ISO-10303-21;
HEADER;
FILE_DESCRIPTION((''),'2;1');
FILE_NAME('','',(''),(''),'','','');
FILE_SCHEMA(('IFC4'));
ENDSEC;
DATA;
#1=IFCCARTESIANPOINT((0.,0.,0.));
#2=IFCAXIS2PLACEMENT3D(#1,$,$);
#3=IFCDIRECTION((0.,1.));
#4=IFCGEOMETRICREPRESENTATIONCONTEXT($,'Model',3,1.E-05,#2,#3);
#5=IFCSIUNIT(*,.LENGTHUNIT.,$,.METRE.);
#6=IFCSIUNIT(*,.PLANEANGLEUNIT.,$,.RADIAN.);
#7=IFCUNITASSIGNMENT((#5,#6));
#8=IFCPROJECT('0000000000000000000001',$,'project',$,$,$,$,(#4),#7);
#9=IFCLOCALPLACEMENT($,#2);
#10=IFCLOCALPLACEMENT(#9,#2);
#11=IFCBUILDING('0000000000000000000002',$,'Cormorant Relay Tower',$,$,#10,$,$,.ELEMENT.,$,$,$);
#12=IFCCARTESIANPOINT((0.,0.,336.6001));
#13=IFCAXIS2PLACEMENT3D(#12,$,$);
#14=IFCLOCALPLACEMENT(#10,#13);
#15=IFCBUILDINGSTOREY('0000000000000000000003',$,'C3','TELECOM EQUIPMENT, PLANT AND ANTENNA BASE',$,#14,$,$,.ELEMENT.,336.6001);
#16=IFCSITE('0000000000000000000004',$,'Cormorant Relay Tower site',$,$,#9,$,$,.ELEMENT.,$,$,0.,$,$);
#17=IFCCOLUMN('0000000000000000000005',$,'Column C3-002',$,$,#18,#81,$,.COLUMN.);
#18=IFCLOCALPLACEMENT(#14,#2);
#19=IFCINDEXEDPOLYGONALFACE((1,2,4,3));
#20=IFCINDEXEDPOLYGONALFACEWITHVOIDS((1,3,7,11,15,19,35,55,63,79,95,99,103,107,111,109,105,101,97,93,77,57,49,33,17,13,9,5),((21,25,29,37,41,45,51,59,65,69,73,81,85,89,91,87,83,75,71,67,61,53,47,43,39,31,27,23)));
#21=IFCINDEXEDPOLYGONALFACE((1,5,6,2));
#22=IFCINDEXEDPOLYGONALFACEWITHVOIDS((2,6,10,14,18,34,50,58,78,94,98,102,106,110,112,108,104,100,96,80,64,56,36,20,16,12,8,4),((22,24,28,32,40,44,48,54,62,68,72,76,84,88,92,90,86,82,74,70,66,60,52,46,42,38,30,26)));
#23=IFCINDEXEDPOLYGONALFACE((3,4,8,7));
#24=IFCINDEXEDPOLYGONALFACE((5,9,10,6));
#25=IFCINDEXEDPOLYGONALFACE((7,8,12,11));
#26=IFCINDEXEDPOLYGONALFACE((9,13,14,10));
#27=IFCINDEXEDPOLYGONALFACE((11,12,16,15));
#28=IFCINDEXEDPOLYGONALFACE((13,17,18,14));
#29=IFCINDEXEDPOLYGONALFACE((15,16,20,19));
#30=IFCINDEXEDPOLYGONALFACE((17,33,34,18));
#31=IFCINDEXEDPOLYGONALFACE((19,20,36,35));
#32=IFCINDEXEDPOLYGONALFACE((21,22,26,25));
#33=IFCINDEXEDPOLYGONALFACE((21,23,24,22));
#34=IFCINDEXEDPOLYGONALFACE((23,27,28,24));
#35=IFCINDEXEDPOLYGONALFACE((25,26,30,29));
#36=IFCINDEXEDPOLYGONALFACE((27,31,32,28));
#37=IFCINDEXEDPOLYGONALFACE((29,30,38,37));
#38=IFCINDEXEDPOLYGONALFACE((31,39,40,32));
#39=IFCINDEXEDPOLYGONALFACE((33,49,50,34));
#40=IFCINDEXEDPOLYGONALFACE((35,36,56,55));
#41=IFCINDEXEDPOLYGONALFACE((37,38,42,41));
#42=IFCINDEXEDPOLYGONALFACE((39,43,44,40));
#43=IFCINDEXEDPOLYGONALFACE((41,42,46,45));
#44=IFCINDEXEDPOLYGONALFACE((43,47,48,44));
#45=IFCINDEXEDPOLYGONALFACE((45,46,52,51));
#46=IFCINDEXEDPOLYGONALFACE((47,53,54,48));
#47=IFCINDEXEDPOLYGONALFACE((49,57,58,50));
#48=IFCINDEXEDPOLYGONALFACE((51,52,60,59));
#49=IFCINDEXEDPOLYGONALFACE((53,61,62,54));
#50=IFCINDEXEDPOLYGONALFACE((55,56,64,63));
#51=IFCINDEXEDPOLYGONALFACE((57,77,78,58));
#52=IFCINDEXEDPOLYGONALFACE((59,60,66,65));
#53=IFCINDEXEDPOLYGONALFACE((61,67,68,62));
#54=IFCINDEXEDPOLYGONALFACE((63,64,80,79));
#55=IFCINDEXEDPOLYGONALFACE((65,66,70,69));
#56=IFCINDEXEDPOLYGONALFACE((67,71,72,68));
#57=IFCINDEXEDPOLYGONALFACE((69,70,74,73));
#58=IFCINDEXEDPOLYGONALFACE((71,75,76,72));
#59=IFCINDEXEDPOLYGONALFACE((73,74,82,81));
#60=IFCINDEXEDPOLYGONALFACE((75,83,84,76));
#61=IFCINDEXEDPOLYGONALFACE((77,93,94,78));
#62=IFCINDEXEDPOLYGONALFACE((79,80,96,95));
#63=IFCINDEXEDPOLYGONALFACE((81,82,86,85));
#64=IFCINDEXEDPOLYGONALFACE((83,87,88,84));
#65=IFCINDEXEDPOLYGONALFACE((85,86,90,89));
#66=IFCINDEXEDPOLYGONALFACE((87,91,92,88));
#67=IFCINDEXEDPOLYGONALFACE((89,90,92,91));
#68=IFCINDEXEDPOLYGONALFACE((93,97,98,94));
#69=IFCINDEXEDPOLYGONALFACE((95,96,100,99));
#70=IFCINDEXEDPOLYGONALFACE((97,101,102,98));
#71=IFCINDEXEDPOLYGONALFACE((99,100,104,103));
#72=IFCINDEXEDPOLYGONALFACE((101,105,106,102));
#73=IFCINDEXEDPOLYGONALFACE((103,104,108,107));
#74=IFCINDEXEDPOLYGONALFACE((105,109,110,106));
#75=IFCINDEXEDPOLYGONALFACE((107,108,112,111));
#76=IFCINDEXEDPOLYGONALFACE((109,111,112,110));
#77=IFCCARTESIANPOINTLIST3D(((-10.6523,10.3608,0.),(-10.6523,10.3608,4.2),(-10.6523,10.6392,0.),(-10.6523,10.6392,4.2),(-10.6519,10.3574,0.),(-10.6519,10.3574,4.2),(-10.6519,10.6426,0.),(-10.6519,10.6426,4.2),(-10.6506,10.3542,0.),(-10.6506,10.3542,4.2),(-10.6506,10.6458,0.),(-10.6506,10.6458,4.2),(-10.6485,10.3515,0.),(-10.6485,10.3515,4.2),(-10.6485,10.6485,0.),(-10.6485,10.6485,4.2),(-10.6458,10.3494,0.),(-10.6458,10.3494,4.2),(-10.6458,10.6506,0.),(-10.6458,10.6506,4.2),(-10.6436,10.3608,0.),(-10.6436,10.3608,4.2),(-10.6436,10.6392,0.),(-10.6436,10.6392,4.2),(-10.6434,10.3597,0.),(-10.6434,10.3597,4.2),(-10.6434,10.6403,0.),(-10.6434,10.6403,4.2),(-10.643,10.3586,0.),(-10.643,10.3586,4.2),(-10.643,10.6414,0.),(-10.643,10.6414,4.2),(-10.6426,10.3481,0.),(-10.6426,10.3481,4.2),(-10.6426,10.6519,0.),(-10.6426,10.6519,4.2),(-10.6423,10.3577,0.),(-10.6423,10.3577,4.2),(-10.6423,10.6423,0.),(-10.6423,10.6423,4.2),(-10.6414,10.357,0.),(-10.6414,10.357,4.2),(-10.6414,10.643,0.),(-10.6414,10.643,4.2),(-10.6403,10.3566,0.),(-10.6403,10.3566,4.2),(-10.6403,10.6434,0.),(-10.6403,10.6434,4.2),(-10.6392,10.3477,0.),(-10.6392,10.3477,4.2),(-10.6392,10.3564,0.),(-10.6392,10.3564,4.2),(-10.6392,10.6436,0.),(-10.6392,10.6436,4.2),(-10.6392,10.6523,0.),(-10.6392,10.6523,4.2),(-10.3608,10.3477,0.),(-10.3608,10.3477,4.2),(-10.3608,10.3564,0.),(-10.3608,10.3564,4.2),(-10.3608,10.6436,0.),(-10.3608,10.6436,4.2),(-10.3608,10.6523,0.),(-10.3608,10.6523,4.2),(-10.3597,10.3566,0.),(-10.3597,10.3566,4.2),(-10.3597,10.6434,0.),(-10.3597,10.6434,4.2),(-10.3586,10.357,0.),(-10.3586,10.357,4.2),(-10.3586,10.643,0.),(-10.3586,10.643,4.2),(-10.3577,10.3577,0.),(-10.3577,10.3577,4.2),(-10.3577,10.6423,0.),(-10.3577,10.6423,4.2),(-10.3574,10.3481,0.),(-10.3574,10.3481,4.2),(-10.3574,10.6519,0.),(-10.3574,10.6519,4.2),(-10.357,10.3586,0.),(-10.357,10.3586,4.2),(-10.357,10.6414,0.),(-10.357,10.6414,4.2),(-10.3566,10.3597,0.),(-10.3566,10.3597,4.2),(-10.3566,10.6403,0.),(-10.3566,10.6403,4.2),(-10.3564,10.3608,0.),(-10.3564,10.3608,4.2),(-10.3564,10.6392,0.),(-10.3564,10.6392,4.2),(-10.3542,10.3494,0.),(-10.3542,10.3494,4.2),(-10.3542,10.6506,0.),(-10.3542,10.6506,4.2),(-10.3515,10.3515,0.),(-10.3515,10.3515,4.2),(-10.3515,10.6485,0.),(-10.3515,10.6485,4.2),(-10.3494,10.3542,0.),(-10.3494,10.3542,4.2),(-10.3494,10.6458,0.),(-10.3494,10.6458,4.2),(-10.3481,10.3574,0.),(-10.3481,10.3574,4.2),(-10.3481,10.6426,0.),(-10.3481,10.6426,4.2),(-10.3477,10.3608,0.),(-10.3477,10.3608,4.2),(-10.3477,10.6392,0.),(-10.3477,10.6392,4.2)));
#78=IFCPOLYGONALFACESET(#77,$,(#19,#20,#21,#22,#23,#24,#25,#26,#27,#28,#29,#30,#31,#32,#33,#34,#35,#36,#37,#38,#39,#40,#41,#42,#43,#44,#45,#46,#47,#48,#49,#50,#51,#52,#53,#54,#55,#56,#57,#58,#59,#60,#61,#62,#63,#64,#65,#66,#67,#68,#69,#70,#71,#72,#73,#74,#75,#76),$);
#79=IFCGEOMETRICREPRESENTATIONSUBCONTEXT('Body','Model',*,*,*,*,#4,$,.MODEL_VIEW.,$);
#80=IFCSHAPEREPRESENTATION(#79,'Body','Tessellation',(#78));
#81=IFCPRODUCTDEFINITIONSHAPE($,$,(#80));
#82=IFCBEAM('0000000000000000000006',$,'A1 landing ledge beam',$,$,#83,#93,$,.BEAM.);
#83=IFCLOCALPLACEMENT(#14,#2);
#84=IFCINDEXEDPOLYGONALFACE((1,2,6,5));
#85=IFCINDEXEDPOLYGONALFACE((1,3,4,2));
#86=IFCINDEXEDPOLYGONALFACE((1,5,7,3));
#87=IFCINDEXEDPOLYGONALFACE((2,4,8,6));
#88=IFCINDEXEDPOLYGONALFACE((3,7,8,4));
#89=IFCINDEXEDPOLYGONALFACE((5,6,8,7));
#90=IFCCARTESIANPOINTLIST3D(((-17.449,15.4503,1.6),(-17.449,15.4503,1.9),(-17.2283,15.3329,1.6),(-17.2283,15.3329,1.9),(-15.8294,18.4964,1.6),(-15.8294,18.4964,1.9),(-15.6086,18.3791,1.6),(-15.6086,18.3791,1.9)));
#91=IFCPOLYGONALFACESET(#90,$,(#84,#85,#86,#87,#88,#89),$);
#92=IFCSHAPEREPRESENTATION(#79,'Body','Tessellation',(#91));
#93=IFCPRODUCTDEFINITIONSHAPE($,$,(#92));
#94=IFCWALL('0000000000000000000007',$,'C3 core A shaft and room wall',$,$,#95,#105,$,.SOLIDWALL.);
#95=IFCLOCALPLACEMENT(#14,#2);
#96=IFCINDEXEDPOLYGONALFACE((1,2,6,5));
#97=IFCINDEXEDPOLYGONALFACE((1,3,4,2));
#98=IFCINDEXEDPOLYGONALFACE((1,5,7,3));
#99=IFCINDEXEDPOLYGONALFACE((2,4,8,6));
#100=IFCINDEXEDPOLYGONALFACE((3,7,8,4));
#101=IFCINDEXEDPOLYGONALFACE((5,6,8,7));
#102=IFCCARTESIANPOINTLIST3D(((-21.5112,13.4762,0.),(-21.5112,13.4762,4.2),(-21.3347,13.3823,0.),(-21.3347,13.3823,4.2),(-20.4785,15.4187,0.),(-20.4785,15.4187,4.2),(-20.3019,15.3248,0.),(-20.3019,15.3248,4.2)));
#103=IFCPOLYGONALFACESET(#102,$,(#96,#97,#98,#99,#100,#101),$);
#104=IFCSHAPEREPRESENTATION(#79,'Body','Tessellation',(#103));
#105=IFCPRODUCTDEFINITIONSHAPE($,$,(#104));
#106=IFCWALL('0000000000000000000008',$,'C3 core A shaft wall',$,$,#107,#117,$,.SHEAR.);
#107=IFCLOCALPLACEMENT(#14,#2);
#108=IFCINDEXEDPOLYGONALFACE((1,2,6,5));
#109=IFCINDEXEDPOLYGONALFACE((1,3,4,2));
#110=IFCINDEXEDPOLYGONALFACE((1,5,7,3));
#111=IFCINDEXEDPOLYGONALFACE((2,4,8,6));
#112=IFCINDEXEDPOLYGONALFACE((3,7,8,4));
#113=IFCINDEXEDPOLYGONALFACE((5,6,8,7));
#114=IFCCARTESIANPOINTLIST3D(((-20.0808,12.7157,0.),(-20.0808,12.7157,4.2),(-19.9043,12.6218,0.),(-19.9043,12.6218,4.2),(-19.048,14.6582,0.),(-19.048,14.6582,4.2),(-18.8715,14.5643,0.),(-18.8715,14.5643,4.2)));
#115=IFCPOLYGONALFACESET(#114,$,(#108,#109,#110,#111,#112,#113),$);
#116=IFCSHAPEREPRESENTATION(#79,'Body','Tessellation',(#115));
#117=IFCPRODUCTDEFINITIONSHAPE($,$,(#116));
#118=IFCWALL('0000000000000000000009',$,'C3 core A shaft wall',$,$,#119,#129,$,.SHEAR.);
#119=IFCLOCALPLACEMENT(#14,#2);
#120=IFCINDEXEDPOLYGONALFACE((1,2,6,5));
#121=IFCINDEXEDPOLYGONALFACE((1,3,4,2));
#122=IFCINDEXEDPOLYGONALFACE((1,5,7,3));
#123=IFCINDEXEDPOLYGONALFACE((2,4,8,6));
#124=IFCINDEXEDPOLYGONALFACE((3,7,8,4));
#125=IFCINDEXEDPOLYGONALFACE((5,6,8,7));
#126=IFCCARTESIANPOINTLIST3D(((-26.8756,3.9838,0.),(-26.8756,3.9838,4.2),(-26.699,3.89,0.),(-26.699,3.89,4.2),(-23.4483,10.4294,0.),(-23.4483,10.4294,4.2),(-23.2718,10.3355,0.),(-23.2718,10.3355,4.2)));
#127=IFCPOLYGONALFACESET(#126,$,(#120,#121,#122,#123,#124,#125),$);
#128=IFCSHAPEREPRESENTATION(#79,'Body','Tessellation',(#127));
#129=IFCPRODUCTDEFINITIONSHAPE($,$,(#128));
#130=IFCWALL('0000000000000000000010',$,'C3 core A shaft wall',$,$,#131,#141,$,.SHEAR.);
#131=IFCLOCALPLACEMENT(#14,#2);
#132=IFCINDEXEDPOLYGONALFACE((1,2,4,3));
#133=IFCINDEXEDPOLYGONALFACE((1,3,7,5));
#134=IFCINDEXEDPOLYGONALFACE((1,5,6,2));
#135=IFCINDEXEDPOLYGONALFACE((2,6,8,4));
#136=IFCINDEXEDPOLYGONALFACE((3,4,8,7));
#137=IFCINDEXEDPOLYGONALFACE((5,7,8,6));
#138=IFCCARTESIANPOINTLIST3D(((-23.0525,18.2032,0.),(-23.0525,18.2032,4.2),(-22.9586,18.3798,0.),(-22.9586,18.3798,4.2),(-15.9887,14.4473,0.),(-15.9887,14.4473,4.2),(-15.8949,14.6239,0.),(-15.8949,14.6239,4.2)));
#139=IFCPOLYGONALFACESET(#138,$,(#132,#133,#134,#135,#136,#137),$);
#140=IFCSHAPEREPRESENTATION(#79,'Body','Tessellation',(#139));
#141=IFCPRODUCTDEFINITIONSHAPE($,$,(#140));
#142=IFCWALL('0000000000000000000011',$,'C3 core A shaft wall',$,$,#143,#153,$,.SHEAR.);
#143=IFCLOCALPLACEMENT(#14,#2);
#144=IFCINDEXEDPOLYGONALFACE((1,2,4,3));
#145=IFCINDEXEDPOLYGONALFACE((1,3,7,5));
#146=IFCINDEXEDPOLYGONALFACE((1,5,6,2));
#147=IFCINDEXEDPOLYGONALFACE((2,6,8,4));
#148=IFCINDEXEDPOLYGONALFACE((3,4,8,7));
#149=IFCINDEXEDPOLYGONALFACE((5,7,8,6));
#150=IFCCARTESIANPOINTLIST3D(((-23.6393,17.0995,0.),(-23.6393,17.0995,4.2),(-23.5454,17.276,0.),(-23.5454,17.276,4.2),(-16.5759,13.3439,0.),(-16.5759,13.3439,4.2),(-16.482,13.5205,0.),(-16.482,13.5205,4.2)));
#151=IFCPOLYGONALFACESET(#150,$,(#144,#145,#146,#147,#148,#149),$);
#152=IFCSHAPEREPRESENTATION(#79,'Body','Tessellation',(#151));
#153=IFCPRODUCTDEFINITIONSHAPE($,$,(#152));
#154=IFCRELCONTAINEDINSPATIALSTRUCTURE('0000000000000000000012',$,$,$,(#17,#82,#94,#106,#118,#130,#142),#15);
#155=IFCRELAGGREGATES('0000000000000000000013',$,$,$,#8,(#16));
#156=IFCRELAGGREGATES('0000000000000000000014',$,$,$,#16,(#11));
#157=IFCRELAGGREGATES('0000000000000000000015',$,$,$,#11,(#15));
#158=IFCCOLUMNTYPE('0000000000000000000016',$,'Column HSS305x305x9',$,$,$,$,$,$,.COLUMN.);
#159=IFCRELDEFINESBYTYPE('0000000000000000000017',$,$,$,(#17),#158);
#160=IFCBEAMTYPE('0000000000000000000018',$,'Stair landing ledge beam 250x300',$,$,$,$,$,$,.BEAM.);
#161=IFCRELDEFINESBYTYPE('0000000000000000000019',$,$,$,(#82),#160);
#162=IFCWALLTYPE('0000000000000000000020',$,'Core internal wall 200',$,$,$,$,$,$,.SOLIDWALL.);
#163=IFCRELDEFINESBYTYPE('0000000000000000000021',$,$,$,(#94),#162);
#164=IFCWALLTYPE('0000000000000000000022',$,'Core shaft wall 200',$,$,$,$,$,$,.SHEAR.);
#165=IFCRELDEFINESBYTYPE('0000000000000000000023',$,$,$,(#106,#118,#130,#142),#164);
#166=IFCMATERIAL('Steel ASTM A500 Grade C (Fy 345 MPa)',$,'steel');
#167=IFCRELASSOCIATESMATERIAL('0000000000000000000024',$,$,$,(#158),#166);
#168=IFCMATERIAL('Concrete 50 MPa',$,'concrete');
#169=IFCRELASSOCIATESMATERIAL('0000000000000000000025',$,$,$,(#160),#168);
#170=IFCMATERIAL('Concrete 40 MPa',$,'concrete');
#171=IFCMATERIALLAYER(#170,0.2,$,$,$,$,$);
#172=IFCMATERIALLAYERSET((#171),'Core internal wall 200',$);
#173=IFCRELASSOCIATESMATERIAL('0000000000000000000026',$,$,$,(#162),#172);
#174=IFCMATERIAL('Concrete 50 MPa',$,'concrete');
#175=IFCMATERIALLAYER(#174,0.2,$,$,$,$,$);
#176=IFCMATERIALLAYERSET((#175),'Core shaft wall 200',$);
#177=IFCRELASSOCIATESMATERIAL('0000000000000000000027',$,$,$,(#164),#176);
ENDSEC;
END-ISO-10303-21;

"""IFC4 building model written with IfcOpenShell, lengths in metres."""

from ifc_helpers import new_model, si_unit, direction, frame, frame_2d, origin, origin_2d, place, context, subcontext, project, spatial, rectangle, hollow_rectangle, extrude, material, layer, layer_set, material_profile, profile_set, type_object, element, save


model = new_model("IFC4")

# Units and contexts
model_context = context("Model", 3, precision=1e-05, world=origin(), true_north=direction((0.0, 1.0)))
body_context = subcontext(model_context, "Body", "Model", "MODEL_VIEW")
ifc_project = project(units=[si_unit("LENGTHUNIT", "METRE"), si_unit("PLANEANGLEUNIT", "RADIAN")], contexts=[model_context])

# Site, building, storey
site_placement = place(None, origin())
site = spatial("IfcSite", under=ifc_project, at=site_placement, Name="Cormorant Relay Tower site", CompositionType="ELEMENT", RefElevation=0.0)
building_placement = place(site_placement, origin())
building = spatial("IfcBuilding", under=site, at=building_placement, Name="Cormorant Relay Tower", CompositionType="ELEMENT")
storey_placement = place(building_placement, frame((0.0, 0.0, 336.6001)))
storey = spatial("IfcBuildingStorey", under=building, at=storey_placement, Name="C3", Description="TELECOM EQUIPMENT, PLANT AND ANTENNA BASE", CompositionType="ELEMENT", Elevation=336.6001)

# Column
ifc_material_1 = material(Name="Steel ASTM A500 Grade C (Fy 345 MPa)", Category="steel")
ifc_material_profile_1 = material_profile(ifc_material_1, hollow_rectangle(XDim=0.3047, YDim=0.3047, WallThickness=0.0088, InnerFilletRadius=0.0044, OuterFilletRadius=0.0132, at=origin_2d()), Name="HSS305x305x9")
ifc_profile_set_1 = profile_set([ifc_material_profile_1], Name="Steel ASTM A500 Grade C (Fy 345 MPa)")
column_type = type_object("IfcColumnType", Name="Column HSS305x305x9", PredefinedType="COLUMN", material=ifc_profile_set_1)
column_placement = place(storey_placement, frame((-10.5, 10.5, 0.0), z_axis=(0.0, 0.0, 1.0), x_axis=(1.0, 0.0, 0.0)))
element("IfcColumn", 1, at=column_placement, inside=storey, type_object=column_type, Name="Column C3-002", PredefinedType="COLUMN", context=body_context, shape_type="SweptSolid", body=[
    extrude(hollow_rectangle(XDim=0.3047, YDim=0.3047, WallThickness=0.0088, InnerFilletRadius=0.0044, OuterFilletRadius=0.0132, at=origin_2d()), origin(), (0.0, 0.0, 1.0), 4.2),
])

# Beam
ifc_material_2 = material(Name="Concrete 50 MPa", Category="concrete")
ifc_material_profile_2 = material_profile(ifc_material_2, rectangle(XDim=0.25, YDim=0.3, at=origin_2d()), Name="RC 250x300")
ifc_profile_set_2 = profile_set([ifc_material_profile_2], Name="Concrete 50 MPa")
beam_type = type_object("IfcBeamType", Name="Stair landing ledge beam 250x300", PredefinedType="BEAM", material=ifc_profile_set_2)
beam_placement = place(storey_placement, frame((-17.3386, 15.3916, 1.75), z_axis=(0.469464, 0.882952, 0.0), x_axis=(-0.882952, 0.469464, 0.0)))
element("IfcBeam", 2, at=beam_placement, inside=storey, type_object=beam_type, Name="A1 landing ledge beam", PredefinedType="BEAM", context=body_context, shape_type="SweptSolid", body=[
    extrude(rectangle(XDim=0.25, YDim=0.3, at=origin_2d()), origin(), (0.0, 0.0, 1.0), 3.45),
])

# Walls
ifc_material_3 = material(Name="Concrete 40 MPa", Category="concrete")
ifc_layer_1 = layer(ifc_material_3, 0.2)
ifc_layer_set_1 = layer_set([ifc_layer_1], Name="Core internal wall 200")
wall_type_1 = type_object("IfcWallType", Name="Core internal wall 200", PredefinedType="SOLIDWALL", material=ifc_layer_set_1)
wall_1_placement = place(storey_placement, frame((-20.3901, 15.3718, 0.0), z_axis=(0.0, 0.0, 1.0), x_axis=(-0.469447, -0.88296, 0.0)))
element("IfcWall", 3, at=wall_1_placement, inside=storey, type_object=wall_type_1, Name="C3 core A shaft and room wall", PredefinedType="SOLIDWALL", context=body_context, shape_type="SweptSolid", body=[
    extrude(rectangle(XDim=2.2, YDim=0.2, at=frame_2d((1.1001, 0.0))), origin(), (0.0, 0.0, 1.0), 4.2),
])
ifc_material_4 = material(Name="Concrete 50 MPa", Category="concrete")
ifc_layer_2 = layer(ifc_material_4, 0.2)
ifc_layer_set_2 = layer_set([ifc_layer_2], Name="Core shaft wall 200")
wall_type_2 = type_object("IfcWallType", Name="Core shaft wall 200", PredefinedType="SHEAR", material=ifc_layer_set_2)
wall_2_placement = place(storey_placement, frame((-18.9597, 14.6113, 0.0), z_axis=(0.0, 0.0, 1.0), x_axis=(-0.469447, -0.88296, 0.0)))
element("IfcWall", 4, at=wall_2_placement, inside=storey, type_object=wall_type_2, Name="C3 core A shaft wall", PredefinedType="SHEAR", context=body_context, shape_type="SweptSolid", body=[
    extrude(rectangle(XDim=2.2, YDim=0.2, at=frame_2d((1.1001, 0.0))), origin(), (0.0, 0.0, 1.0), 4.2),
])
wall_3_placement = place(storey_placement, frame((-23.3601, 10.3823, 0.0), z_axis=(0.0, 0.0, 1.0), x_axis=(-0.46948, -0.882943, 0.0)))
element("IfcWall", 5, at=wall_3_placement, inside=storey, type_object=wall_type_2, Name="C3 core A shaft wall", PredefinedType="SHEAR", context=body_context, shape_type="SweptSolid", body=[
    extrude(rectangle(XDim=7.3, YDim=0.2, at=frame_2d((3.6499, 0.0))), origin(), (0.0, 0.0, 1.0), 4.2),
])
wall_4_placement = place(storey_placement, frame((-15.9419, 14.5356, 0.0), z_axis=(0.0, 0.0, 1.0), x_axis=(-0.882947, 0.469473, 0.0)))
element("IfcWall", 6, at=wall_4_placement, inside=storey, type_object=wall_type_2, Name="C3 core A shaft wall", PredefinedType="SHEAR", context=body_context, shape_type="SweptSolid", body=[
    extrude(rectangle(XDim=8.0002, YDim=0.2, at=frame_2d((4.0, 0.0))), origin(), (0.0, 0.0, 1.0), 4.2),
])
wall_5_placement = place(storey_placement, frame((-16.5288, 13.4321, 0.0), z_axis=(0.0, 0.0, 1.0), x_axis=(-0.882953, 0.469462, 0.0)))
element("IfcWall", 7, at=wall_5_placement, inside=storey, type_object=wall_type_2, Name="C3 core A shaft wall", PredefinedType="SHEAR", context=body_context, shape_type="SweptSolid", body=[
    extrude(rectangle(XDim=7.9998, YDim=0.2, at=frame_2d((4.0, 0.0))), origin(), (0.0, 0.0, 1.0), 4.2),
])

save(model, "model.ifc")
